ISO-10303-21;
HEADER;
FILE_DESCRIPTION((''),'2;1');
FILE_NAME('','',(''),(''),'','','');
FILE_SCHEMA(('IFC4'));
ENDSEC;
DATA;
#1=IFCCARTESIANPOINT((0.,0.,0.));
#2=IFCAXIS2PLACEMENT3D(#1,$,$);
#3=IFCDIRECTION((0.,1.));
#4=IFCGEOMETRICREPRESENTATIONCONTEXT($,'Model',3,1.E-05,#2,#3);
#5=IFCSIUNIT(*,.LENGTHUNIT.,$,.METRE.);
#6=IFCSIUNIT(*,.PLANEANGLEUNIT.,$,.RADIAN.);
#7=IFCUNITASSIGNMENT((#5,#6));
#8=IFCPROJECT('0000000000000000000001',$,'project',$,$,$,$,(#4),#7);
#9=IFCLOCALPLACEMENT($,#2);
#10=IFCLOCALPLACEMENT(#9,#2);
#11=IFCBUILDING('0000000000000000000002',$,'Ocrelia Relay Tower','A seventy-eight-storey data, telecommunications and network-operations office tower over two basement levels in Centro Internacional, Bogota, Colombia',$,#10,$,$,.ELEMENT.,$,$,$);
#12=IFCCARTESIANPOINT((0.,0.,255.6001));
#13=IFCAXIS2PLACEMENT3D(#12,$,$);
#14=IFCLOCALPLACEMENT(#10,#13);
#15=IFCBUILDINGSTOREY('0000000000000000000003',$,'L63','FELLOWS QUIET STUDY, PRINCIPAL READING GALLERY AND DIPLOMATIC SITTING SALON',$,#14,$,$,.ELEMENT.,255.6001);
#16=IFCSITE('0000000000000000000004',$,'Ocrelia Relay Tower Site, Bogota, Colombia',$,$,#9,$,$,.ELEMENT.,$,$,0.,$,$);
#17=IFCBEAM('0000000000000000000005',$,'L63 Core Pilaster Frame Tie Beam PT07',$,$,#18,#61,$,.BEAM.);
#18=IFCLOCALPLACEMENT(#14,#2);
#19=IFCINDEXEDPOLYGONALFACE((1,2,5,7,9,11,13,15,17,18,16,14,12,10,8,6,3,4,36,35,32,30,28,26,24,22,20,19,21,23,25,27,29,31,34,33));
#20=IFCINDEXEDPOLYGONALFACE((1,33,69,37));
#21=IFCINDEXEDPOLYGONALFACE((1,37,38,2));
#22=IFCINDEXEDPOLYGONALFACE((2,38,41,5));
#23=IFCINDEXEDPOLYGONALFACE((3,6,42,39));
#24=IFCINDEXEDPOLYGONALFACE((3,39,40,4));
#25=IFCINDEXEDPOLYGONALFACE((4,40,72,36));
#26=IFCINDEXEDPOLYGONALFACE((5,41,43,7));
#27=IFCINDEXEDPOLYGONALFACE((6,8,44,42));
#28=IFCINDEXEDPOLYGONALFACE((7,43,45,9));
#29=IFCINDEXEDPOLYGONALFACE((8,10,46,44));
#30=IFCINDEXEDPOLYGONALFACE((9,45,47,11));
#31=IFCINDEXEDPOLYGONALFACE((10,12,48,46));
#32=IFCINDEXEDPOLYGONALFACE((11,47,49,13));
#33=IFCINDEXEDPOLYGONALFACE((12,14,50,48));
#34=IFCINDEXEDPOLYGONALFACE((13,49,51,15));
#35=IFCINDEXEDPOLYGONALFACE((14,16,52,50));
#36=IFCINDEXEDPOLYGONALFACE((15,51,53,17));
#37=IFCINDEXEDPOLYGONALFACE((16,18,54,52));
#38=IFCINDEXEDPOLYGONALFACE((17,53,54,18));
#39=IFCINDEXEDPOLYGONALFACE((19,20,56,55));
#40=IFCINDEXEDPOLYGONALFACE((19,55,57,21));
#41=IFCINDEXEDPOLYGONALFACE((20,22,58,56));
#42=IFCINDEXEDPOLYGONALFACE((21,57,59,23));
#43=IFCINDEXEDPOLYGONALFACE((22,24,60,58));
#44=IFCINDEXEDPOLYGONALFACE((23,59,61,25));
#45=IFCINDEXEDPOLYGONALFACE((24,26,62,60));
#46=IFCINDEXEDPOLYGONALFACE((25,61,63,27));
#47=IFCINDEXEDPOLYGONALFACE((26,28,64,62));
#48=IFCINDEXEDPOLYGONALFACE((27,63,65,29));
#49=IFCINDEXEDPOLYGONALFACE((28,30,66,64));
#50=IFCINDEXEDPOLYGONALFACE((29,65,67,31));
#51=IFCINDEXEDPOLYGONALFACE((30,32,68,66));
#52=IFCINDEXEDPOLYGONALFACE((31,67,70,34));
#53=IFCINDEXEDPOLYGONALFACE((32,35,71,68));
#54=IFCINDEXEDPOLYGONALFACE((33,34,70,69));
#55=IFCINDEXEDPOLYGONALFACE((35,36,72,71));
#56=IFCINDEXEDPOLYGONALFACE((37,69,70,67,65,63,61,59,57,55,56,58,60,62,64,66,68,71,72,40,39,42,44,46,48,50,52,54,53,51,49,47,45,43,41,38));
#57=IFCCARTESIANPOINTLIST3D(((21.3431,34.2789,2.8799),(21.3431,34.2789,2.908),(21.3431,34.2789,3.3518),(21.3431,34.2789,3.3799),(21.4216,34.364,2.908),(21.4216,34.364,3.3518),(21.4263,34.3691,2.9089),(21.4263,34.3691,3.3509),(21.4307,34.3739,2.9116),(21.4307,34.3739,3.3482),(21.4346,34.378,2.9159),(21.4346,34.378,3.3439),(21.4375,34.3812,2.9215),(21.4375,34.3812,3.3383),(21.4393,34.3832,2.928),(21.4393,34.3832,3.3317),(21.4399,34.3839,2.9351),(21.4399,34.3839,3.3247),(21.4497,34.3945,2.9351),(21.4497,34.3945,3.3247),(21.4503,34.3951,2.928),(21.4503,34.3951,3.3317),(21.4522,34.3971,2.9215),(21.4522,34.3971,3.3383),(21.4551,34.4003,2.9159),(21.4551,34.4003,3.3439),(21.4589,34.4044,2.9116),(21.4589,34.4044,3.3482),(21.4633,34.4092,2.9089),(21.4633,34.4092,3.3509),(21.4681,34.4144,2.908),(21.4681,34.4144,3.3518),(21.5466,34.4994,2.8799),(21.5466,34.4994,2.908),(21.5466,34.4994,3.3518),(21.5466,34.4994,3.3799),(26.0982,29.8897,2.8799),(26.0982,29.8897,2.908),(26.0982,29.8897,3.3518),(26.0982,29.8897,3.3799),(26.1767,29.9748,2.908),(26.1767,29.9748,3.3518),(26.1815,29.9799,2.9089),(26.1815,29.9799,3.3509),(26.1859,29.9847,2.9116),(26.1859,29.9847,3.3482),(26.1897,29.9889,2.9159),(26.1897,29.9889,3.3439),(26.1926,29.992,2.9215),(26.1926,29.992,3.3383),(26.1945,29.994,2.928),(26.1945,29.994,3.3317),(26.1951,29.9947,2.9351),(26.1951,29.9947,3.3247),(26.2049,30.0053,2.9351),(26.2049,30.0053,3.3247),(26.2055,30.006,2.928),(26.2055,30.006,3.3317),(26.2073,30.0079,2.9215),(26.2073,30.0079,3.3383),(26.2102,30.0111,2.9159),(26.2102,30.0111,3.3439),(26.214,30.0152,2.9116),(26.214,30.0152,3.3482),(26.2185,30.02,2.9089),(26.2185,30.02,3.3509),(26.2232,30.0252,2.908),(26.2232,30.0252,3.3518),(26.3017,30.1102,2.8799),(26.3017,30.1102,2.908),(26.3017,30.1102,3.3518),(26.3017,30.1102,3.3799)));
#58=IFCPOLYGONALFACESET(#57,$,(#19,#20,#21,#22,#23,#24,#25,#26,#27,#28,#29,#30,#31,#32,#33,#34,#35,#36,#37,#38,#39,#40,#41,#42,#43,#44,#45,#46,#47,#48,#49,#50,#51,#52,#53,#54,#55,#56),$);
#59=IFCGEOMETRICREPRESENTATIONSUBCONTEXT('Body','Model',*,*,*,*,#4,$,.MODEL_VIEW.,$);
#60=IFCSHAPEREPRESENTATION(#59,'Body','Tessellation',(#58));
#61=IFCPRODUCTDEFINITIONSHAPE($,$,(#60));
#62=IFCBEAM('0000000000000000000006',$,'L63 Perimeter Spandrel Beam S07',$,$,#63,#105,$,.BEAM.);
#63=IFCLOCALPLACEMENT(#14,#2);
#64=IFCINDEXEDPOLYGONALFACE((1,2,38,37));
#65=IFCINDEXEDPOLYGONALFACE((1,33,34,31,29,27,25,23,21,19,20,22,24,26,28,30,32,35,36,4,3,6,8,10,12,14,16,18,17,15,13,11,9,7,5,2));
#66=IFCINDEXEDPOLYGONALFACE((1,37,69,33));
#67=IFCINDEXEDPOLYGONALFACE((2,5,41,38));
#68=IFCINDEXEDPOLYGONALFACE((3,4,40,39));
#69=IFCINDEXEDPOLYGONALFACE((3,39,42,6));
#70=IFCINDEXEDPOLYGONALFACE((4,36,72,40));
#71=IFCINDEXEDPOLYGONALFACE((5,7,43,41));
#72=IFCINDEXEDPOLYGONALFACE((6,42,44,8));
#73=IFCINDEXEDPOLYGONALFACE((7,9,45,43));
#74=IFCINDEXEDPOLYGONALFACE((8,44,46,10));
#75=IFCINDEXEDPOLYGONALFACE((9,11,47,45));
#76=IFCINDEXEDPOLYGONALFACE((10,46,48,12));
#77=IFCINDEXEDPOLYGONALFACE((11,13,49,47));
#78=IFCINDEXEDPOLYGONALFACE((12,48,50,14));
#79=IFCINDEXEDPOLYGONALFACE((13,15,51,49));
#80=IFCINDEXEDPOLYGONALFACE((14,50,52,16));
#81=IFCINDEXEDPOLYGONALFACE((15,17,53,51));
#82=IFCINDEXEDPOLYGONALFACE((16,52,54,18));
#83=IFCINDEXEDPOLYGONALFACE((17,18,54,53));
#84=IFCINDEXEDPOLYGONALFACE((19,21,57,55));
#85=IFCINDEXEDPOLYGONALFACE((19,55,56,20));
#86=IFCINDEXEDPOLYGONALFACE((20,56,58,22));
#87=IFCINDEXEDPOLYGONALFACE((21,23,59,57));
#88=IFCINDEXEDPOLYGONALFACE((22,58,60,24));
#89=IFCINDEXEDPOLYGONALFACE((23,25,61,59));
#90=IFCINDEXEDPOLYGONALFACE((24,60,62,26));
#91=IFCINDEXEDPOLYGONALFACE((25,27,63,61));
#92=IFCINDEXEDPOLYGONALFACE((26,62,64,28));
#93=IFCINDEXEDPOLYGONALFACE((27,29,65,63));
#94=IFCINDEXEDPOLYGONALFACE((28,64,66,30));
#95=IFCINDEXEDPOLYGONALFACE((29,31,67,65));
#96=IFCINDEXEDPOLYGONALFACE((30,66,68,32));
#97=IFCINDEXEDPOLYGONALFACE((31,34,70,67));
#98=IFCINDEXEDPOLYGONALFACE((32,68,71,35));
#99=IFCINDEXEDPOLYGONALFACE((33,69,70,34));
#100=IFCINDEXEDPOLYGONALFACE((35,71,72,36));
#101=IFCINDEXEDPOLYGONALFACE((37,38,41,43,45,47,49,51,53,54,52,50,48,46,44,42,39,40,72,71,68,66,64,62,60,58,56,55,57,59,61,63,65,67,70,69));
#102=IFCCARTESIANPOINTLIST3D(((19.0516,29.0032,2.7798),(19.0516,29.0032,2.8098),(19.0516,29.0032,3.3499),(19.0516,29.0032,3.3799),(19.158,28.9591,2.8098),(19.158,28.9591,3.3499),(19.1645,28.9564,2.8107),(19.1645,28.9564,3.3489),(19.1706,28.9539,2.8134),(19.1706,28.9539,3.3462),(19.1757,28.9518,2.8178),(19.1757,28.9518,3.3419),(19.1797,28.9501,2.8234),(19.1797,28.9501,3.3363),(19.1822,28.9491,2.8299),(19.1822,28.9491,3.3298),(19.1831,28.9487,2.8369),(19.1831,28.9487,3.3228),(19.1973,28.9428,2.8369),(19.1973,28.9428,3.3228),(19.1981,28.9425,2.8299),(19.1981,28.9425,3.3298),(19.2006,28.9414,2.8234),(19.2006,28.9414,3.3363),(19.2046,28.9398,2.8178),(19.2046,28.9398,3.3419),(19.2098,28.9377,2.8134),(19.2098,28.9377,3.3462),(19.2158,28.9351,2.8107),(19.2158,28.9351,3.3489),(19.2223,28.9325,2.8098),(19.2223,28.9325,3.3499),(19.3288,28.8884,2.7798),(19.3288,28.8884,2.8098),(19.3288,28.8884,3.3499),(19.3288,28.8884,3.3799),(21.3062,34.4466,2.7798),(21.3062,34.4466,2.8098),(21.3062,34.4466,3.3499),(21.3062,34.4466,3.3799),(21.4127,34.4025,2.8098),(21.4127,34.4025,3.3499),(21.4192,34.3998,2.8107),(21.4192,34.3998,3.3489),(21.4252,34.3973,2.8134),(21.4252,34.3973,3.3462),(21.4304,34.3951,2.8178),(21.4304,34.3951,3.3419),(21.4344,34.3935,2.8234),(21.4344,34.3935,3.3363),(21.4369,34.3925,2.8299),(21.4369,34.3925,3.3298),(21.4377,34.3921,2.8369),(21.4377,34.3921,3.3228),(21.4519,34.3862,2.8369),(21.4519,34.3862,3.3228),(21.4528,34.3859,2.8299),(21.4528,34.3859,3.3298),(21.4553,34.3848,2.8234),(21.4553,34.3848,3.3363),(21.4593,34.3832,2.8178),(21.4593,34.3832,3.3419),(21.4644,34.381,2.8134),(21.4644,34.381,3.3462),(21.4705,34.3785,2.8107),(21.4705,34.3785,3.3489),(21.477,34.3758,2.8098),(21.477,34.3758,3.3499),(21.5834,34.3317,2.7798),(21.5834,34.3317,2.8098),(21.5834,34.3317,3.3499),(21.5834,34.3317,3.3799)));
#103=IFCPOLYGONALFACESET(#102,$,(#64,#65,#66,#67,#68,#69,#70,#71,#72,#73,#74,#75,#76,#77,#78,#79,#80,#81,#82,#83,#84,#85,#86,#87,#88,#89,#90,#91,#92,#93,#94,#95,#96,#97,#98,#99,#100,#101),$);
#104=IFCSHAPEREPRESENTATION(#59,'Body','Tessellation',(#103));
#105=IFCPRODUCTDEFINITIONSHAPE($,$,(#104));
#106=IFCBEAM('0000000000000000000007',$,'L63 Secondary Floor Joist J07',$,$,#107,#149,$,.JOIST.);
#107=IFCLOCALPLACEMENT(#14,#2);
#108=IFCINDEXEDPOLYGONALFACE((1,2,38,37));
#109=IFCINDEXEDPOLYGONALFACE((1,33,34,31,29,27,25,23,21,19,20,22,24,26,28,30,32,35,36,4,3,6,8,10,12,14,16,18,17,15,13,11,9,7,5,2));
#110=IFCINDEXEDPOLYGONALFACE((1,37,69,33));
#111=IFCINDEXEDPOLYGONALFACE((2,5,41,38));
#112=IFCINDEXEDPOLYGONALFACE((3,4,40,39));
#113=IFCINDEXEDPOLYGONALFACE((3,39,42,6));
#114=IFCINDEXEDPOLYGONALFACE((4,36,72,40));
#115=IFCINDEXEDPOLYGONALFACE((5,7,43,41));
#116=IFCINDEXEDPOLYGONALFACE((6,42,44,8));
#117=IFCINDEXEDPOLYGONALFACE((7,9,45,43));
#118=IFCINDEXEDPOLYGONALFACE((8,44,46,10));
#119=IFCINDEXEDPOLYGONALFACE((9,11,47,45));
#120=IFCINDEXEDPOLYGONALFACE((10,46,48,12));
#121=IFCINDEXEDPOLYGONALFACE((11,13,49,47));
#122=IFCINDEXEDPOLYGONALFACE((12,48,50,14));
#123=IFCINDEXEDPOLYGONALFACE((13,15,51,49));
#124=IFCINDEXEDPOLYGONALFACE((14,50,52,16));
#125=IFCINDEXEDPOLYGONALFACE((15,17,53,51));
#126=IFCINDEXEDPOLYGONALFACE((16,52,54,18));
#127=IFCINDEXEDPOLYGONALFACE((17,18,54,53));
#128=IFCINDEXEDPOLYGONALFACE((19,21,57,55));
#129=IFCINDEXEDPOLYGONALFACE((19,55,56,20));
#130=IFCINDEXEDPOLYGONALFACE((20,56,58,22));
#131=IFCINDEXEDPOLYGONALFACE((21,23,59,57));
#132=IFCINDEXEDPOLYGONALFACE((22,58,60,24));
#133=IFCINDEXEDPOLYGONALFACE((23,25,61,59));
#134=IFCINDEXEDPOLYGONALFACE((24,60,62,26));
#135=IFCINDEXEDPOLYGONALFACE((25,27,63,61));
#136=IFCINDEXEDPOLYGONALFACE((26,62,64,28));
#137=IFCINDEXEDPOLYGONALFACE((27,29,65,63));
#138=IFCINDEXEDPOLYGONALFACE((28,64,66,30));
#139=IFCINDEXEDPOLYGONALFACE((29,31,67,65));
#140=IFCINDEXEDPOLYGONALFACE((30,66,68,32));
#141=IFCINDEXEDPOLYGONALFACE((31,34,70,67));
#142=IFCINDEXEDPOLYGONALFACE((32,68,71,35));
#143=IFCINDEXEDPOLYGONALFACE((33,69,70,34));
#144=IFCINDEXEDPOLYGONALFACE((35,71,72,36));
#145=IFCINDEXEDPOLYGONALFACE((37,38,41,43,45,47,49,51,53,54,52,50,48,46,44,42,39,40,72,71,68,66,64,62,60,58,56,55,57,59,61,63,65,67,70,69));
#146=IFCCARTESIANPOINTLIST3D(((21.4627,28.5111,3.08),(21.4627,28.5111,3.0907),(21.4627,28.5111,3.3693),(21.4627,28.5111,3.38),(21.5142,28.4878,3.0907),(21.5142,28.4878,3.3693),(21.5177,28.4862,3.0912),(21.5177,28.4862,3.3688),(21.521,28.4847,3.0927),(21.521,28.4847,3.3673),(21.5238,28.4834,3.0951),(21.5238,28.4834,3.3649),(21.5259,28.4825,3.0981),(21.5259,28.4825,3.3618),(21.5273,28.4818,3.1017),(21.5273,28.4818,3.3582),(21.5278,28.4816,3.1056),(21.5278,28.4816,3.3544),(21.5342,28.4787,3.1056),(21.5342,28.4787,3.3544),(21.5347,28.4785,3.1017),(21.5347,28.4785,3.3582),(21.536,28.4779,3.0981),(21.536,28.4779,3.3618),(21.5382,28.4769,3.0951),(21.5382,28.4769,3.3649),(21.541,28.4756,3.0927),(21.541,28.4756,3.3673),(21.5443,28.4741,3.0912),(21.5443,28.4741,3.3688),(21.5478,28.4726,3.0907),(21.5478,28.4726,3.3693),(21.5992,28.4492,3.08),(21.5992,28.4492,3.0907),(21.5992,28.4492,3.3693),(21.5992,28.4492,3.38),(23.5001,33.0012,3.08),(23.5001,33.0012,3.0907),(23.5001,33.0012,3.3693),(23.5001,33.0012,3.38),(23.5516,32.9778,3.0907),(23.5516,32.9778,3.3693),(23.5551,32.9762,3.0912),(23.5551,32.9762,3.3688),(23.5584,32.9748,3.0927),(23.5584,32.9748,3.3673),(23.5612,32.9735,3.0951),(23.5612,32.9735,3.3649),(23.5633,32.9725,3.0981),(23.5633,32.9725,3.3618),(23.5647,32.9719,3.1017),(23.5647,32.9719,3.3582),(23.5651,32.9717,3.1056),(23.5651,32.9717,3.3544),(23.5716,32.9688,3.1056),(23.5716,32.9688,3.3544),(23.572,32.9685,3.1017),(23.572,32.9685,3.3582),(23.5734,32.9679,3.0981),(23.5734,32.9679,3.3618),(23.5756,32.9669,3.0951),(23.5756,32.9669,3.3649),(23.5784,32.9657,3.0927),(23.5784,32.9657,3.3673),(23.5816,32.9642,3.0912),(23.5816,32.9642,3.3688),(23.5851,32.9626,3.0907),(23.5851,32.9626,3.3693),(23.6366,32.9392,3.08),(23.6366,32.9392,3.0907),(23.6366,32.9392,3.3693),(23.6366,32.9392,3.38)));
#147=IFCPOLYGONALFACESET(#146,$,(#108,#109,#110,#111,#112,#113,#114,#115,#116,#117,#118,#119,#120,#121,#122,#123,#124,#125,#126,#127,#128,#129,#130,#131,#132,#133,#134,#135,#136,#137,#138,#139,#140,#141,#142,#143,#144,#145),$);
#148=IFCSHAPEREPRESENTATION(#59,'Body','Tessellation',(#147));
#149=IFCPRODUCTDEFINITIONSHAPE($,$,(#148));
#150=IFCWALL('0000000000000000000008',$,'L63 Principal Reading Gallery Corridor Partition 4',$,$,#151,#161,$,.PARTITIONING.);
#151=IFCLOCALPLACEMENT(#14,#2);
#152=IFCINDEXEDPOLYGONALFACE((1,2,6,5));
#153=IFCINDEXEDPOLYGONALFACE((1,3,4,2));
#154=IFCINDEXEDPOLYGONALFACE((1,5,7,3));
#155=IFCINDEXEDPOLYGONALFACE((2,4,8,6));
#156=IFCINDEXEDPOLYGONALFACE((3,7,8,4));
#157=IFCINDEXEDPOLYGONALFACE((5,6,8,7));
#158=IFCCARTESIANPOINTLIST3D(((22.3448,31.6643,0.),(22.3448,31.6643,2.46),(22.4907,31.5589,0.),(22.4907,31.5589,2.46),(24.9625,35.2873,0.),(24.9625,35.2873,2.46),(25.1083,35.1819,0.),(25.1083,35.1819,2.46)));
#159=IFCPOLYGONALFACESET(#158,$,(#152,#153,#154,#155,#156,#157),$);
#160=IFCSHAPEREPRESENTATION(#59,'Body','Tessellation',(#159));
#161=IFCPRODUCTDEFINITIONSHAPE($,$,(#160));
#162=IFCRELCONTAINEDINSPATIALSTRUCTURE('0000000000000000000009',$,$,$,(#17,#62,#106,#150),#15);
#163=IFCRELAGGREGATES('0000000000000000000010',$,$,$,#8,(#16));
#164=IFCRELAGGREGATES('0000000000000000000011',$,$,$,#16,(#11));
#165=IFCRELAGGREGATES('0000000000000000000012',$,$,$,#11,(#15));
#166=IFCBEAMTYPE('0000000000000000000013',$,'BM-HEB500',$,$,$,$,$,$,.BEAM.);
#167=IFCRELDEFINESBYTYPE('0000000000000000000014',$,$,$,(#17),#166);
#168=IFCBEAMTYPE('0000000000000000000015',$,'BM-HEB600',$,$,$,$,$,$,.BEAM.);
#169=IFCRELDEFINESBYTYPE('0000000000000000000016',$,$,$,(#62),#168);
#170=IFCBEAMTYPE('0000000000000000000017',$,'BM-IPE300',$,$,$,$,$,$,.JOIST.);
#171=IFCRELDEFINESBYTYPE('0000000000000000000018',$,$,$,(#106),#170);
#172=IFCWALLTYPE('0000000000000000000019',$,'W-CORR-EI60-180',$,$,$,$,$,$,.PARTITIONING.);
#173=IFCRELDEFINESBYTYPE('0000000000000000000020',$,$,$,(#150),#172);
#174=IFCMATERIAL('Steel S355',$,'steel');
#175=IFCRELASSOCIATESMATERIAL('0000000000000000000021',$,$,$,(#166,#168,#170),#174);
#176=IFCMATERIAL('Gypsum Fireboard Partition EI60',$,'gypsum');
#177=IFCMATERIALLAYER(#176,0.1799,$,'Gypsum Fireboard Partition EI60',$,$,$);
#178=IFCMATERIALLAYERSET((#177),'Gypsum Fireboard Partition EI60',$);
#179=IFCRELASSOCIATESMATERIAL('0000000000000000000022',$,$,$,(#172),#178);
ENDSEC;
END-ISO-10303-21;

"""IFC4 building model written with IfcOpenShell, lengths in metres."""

from ifc_helpers import new_model, si_unit, direction, frame, frame_2d, origin, origin_2d, place, context, subcontext, project, spatial, rectangle, i_section, extrude, material, layer, layer_set, material_profile, profile_set, type_object, element, save


model = new_model("IFC4")

# Units and contexts
model_context = context("Model", 3, precision=1e-05, world=origin(), true_north=direction((0.0, 1.0)))
body_context = subcontext(model_context, "Body", "Model", "MODEL_VIEW")
ifc_project = project(units=[si_unit("LENGTHUNIT", "METRE"), si_unit("PLANEANGLEUNIT", "RADIAN")], contexts=[model_context])

# Site, building, storey
site_placement = place(None, origin())
site = spatial("IfcSite", under=ifc_project, at=site_placement, Name="Ocrelia Relay Tower Site, Bogota, Colombia", CompositionType="ELEMENT", RefElevation=0.0)
building_placement = place(site_placement, origin())
building = spatial("IfcBuilding", under=site, at=building_placement, Name="Ocrelia Relay Tower", Description="A seventy-eight-storey data, telecommunications and network-operations office tower over two basement levels in Centro Internacional, Bogota, Colombia", CompositionType="ELEMENT")
storey_placement = place(building_placement, frame((0.0, 0.0, 255.6001)))
storey = spatial("IfcBuildingStorey", under=building, at=storey_placement, Name="L63", Description="FELLOWS QUIET STUDY, PRINCIPAL READING GALLERY AND DIPLOMATIC SITTING SALON", CompositionType="ELEMENT", Elevation=255.6001)

# Beams
ifc_material_1 = material(Name="Steel S355", Category="steel")
ifc_material_profile_1 = material_profile(ifc_material_1, i_section(OverallWidth=0.3, OverallDepth=0.5, WebThickness=0.0144, FlangeThickness=0.0281, FilletRadius=0.0271, at=origin_2d()), Name="HEB 500")
ifc_profile_set_1 = profile_set([ifc_material_profile_1], Name="Steel S355")
beam_type_1 = type_object("IfcBeamType", Name="BM-HEB500", PredefinedType="BEAM", material=ifc_profile_set_1)
beam_1_placement = place(storey_placement, frame((21.4448, 34.3892, 3.1299), z_axis=(0.734818, -0.678264, 0.0), x_axis=(0.678264, 0.734818, 0.0)))
element("IfcBeam", 1, at=beam_1_placement, inside=storey, type_object=beam_type_1, Name="L63 Core Pilaster Frame Tie Beam PT07", PredefinedType="BEAM", context=body_context, shape_type="SweptSolid", body=[
    extrude(i_section(OverallWidth=0.3, OverallDepth=0.5, WebThickness=0.0144, FlangeThickness=0.0281, FilletRadius=0.0271, at=origin_2d()), origin(), (0.0, 0.0, 1.0), 6.4712),
])
ifc_material_profile_2 = material_profile(ifc_material_1, i_section(OverallWidth=0.3, OverallDepth=0.6001, WebThickness=0.0154, FlangeThickness=0.03, FilletRadius=0.0271, at=origin_2d()), Name="HEB 600")
ifc_profile_set_2 = profile_set([ifc_material_profile_2], Name="Steel S355")
beam_type_2 = type_object("IfcBeamType", Name="BM-HEB600", PredefinedType="BEAM", material=ifc_profile_set_2)
beam_2_placement = place(storey_placement, frame((21.4448, 34.3892, 3.0798), z_axis=(-0.382673, -0.923884, 0.0), x_axis=(0.923884, -0.382673, 0.0)))
element("IfcBeam", 2, at=beam_2_placement, inside=storey, type_object=beam_type_2, Name="L63 Perimeter Spandrel Beam S07", PredefinedType="BEAM", context=body_context, shape_type="SweptSolid", body=[
    extrude(i_section(OverallWidth=0.3, OverallDepth=0.6001, WebThickness=0.0154, FlangeThickness=0.03, FilletRadius=0.0271, at=origin_2d()), origin(), (0.0, 0.0, 1.0), 5.8918),
])
ifc_material_profile_3 = material_profile(ifc_material_1, i_section(OverallWidth=0.1499, OverallDepth=0.3, WebThickness=0.0071, FlangeThickness=0.0107, FilletRadius=0.0149, at=origin_2d()), Name="IPE 300")
ifc_profile_set_3 = profile_set([ifc_material_profile_3], Name="Steel S355")
beam_type_3 = type_object("IfcBeamType", Name="BM-IPE300", PredefinedType="JOIST", material=ifc_profile_set_3)
beam_3_placement = place(storey_placement, frame((23.5684, 32.9702, 3.23), z_axis=(-0.413206, -0.910638, 0.0), x_axis=(0.910638, -0.413206, 0.0)))
element("IfcBeam", 3, at=beam_3_placement, inside=storey, type_object=beam_type_3, Name="L63 Secondary Floor Joist J07", PredefinedType="JOIST", context=body_context, shape_type="SweptSolid", body=[
    extrude(i_section(OverallWidth=0.1499, OverallDepth=0.3, WebThickness=0.0071, FlangeThickness=0.0107, FilletRadius=0.0149, at=origin_2d()), origin(), (0.0, 0.0, 1.0), 4.9307),
])

# Wall
ifc_material_2 = material(Name="Gypsum Fireboard Partition EI60", Category="gypsum")
ifc_layer_1 = layer(ifc_material_2, 0.1799, Name="Gypsum Fireboard Partition EI60")
ifc_layer_set_1 = layer_set([ifc_layer_1], Name="Gypsum Fireboard Partition EI60")
wall_type_1 = type_object("IfcWallType", Name="W-CORR-EI60-180", PredefinedType="PARTITIONING", material=ifc_layer_set_1)
wall_1_placement = place(storey_placement, frame((25.0354, 35.2346, 0.0), z_axis=(0.0, 0.0, 1.0), x_axis=(-0.585642, -0.81057, 0.0)))
element("IfcWall", 4, at=wall_1_placement, inside=storey, type_object=wall_type_1, Name="L63 Principal Reading Gallery Corridor Partition 4", PredefinedType="PARTITIONING", context=body_context, shape_type="SweptSolid", body=[
    extrude(rectangle(XDim=4.4697, YDim=0.1799, at=frame_2d((2.2349, 0.0))), origin(), (0.0, 0.0, 1.0), 2.46),
])

save(model, "model.ifc")
